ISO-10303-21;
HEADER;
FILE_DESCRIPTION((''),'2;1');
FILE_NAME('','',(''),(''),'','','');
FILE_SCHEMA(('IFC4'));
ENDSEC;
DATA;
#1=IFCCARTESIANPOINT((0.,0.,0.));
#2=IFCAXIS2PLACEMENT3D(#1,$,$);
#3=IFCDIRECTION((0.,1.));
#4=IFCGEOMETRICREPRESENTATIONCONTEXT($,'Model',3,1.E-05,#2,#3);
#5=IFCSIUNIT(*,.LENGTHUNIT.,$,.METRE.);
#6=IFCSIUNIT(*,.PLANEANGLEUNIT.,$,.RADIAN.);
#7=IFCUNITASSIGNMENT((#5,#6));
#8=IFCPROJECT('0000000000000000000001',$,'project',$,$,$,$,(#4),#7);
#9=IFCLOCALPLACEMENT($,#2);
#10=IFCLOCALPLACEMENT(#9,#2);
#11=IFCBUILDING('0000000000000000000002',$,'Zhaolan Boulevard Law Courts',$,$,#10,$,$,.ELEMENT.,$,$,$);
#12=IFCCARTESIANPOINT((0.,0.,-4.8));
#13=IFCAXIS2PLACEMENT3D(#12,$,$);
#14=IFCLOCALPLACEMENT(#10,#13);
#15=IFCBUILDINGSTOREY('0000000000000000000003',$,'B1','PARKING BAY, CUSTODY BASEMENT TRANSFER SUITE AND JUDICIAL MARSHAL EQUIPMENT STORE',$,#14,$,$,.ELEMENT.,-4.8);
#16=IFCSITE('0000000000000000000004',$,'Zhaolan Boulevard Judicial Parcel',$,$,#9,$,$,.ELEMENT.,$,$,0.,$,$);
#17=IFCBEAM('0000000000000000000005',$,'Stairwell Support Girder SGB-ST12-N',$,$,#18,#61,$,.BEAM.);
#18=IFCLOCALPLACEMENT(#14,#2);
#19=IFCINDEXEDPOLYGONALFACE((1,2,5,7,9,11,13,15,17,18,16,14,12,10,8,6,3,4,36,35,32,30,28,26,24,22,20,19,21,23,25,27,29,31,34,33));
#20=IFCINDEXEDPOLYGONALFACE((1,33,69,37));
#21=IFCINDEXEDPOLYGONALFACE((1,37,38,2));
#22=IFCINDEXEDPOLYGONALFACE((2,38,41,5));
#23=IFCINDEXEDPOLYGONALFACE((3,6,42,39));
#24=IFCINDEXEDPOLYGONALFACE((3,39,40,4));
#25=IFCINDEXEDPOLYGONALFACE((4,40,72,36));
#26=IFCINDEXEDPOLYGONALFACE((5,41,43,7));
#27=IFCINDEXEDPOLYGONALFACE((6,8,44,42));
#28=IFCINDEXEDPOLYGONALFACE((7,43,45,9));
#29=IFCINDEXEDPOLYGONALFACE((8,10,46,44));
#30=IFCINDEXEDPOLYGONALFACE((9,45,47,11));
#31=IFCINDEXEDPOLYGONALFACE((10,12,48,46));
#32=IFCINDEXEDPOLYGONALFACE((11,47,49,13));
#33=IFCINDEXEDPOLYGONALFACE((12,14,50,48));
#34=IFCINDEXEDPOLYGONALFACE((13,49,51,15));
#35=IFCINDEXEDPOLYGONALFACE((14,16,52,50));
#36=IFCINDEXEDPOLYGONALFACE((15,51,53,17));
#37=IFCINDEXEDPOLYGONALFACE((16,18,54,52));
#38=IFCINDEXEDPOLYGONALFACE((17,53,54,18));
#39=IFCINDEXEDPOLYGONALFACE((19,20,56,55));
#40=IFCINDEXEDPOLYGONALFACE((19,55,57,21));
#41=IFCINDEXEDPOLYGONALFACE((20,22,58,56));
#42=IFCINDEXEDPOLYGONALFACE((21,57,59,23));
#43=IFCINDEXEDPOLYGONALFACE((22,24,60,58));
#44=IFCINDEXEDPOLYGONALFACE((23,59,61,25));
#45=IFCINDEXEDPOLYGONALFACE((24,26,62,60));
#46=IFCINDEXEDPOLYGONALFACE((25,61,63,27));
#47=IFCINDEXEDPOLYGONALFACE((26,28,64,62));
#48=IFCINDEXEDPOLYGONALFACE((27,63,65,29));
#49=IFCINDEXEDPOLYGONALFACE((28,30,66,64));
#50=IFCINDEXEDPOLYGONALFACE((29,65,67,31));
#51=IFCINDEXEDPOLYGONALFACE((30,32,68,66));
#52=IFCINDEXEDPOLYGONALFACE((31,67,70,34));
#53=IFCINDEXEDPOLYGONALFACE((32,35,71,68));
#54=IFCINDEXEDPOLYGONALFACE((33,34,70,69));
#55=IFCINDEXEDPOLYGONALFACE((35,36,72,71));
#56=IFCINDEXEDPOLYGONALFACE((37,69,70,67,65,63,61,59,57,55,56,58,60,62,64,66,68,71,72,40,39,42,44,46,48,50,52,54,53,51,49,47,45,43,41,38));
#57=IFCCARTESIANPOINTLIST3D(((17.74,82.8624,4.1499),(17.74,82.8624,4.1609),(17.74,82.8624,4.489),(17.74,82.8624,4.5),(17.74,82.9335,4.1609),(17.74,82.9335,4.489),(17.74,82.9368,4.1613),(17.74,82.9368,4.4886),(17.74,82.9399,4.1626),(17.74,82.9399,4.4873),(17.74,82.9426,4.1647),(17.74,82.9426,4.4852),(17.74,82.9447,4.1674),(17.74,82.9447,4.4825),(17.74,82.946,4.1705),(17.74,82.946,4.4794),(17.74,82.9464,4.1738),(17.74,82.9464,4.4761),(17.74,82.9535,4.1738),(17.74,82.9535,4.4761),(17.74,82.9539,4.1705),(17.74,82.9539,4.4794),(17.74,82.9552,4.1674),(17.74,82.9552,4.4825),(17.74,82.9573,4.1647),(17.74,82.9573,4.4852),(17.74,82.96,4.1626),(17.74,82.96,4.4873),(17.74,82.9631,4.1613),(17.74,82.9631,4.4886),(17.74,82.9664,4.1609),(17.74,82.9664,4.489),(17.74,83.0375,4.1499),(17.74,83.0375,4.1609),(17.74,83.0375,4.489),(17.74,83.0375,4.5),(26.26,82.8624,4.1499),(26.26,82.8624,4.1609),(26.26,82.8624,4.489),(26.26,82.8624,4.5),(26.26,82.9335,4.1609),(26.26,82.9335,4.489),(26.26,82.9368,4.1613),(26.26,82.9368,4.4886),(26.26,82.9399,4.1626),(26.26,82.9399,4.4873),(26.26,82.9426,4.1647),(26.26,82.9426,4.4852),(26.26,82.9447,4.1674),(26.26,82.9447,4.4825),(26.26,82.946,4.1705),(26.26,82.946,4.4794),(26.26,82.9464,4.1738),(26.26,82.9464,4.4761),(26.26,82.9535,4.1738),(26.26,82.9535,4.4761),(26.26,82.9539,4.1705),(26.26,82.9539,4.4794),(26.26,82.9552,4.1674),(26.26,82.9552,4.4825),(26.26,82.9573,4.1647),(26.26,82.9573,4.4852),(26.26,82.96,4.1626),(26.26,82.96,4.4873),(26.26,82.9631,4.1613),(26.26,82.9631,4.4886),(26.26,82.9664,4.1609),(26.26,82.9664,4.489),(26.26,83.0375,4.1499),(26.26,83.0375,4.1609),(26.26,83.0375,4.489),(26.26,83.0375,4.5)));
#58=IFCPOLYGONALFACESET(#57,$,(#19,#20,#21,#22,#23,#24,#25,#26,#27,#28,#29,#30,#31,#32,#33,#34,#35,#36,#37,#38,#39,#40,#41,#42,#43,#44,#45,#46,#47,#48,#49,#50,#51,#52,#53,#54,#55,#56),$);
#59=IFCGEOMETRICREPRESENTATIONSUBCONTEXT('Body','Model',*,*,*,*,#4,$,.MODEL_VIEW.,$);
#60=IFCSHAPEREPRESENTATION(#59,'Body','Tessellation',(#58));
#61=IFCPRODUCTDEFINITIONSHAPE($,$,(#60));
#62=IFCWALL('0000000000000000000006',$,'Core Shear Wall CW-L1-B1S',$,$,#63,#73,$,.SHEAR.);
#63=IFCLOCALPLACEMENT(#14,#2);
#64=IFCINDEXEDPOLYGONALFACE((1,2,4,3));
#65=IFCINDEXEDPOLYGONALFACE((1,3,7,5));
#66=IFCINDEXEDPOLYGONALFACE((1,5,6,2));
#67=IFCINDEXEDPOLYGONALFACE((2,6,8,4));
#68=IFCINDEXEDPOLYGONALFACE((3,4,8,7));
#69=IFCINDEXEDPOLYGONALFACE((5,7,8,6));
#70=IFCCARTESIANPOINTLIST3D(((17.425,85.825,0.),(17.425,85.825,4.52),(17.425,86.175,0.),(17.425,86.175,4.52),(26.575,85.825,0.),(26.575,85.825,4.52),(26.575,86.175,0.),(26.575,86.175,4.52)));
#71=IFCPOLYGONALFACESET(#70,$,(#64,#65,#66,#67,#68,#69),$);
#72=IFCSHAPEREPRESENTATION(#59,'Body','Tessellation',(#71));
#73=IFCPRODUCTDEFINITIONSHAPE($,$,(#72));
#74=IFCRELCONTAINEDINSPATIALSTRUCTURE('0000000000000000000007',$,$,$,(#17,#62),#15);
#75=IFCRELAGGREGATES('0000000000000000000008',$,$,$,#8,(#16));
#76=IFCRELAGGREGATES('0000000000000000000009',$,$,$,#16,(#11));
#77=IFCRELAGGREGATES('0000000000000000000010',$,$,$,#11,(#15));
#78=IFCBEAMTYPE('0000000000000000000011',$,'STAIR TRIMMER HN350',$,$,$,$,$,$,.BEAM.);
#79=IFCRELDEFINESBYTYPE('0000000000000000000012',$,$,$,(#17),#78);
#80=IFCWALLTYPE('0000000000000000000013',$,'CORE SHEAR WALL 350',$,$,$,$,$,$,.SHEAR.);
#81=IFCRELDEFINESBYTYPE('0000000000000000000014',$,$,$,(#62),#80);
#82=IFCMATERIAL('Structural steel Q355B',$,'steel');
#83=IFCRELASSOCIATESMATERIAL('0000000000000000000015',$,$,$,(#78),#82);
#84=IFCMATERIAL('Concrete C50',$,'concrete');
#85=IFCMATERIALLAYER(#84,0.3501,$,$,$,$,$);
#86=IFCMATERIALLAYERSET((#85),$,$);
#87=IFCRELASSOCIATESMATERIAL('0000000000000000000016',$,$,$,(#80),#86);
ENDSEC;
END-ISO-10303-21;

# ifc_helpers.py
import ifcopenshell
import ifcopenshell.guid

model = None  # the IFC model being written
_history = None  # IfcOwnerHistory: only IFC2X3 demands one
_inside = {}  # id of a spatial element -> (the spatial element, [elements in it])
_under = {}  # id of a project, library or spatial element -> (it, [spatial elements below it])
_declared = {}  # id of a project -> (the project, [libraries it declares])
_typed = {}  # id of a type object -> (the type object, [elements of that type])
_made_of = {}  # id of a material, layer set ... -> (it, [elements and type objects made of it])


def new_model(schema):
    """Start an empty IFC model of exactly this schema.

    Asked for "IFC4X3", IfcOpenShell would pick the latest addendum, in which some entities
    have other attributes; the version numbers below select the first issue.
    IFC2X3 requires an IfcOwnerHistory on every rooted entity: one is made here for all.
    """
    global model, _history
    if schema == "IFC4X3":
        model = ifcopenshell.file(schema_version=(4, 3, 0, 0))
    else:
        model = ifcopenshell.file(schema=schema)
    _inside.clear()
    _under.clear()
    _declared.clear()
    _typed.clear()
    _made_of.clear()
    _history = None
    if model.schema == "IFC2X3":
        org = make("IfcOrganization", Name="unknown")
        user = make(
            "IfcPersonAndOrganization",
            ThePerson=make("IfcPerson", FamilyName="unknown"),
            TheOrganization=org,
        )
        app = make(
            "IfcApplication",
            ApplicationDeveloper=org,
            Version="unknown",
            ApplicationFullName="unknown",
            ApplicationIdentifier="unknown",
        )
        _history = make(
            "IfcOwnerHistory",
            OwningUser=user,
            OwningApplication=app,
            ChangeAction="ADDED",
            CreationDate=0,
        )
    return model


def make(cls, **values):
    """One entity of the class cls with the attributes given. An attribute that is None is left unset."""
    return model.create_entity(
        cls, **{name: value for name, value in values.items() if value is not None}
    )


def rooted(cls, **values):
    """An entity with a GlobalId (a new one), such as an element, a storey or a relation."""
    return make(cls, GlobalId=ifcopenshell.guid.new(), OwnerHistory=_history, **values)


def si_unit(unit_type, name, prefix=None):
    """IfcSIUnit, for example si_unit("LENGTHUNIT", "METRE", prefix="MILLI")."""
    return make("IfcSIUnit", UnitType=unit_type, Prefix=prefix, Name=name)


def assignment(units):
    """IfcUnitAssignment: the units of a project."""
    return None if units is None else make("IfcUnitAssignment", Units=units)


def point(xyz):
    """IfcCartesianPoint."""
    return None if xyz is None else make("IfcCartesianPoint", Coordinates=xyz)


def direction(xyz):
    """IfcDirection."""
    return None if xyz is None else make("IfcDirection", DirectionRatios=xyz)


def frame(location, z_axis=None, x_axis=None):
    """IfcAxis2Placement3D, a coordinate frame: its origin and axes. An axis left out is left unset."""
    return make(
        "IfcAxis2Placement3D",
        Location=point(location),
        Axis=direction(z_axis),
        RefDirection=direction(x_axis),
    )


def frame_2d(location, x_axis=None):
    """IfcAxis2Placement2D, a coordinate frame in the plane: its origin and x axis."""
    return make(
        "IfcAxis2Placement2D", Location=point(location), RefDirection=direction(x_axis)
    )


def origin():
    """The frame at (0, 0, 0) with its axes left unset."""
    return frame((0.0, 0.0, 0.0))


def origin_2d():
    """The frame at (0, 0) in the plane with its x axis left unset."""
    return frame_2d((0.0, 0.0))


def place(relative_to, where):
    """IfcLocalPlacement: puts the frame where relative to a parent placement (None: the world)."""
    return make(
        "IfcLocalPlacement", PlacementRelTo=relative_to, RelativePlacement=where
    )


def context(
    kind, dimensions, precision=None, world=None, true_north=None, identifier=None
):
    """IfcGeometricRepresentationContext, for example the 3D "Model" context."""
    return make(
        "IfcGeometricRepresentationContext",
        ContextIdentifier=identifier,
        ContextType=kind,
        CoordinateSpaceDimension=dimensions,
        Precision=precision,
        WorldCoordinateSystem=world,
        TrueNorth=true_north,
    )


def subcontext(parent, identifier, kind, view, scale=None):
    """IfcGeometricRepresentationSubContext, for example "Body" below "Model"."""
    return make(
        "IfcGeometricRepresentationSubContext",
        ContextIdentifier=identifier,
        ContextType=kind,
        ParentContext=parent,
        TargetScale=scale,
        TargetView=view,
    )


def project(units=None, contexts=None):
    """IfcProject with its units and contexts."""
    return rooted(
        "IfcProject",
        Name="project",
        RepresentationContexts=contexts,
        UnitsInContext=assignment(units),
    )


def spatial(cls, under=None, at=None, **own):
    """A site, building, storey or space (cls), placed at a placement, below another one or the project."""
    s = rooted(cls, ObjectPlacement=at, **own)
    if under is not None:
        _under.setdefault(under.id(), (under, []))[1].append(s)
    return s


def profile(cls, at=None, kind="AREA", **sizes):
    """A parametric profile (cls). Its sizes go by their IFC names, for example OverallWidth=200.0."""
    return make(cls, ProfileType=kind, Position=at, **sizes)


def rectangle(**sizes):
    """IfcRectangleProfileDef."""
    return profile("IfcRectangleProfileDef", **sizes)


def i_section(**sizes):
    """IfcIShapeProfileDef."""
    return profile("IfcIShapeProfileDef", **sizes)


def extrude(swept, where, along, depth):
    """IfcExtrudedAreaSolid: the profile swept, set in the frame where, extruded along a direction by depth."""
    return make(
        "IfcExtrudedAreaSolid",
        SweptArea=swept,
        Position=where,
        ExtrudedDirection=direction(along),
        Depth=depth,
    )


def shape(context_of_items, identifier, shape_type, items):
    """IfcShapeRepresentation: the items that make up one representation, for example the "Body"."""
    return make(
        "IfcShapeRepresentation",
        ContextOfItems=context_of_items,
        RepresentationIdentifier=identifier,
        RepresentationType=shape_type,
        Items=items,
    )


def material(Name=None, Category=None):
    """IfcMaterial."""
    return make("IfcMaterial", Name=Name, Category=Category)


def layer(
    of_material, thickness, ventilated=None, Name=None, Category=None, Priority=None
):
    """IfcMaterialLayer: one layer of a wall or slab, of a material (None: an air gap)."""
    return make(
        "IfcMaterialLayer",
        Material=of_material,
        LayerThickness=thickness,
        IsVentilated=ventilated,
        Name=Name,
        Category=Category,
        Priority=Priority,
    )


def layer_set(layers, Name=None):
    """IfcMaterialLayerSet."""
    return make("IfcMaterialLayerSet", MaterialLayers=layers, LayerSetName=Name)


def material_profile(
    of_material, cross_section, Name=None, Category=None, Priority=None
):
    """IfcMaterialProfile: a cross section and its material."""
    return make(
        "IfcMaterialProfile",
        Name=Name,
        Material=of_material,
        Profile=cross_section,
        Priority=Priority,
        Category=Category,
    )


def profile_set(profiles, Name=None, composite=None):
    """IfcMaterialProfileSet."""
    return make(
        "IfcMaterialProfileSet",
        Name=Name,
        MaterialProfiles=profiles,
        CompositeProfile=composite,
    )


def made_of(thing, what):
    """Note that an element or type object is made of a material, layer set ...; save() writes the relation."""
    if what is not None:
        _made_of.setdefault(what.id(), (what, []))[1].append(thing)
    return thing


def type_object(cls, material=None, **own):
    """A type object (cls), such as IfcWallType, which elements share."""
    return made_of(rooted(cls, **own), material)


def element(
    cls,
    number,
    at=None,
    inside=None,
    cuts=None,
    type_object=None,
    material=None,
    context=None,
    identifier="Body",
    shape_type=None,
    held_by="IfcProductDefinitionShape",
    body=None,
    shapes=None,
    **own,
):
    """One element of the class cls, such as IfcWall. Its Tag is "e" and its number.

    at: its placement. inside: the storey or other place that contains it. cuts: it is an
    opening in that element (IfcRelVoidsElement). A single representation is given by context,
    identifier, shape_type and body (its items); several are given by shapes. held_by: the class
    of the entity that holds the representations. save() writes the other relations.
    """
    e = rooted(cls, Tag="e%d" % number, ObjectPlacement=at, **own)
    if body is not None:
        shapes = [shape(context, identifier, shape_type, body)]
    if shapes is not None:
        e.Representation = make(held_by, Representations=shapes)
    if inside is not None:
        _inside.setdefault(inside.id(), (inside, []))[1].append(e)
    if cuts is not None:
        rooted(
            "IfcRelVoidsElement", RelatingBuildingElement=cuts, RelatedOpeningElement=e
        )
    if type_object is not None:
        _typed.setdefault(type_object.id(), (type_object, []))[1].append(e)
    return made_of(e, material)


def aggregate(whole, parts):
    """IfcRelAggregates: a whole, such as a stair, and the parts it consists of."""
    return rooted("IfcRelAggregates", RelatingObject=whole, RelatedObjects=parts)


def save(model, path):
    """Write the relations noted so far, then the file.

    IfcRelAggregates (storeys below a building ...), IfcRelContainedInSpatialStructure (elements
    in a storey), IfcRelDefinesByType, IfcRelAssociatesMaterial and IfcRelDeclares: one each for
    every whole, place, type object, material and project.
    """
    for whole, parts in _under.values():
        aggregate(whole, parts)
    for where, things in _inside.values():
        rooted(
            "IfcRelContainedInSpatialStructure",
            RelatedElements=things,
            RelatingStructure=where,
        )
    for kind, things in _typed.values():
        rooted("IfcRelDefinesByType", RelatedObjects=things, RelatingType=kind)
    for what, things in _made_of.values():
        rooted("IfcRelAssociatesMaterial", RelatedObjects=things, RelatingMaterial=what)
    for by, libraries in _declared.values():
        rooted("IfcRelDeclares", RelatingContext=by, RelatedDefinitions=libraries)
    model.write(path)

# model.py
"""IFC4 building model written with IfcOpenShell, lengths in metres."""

from ifc_helpers import new_model, si_unit, direction, frame, frame_2d, origin, origin_2d, place, context, subcontext, project, spatial, rectangle, i_section, extrude, material, layer, layer_set, material_profile, profile_set, type_object, element, save


model = new_model("IFC4")

# Units and contexts
model_context = context("Model", 3, precision=1e-05, world=origin(), true_north=direction((0.0, 1.0)))
body_context = subcontext(model_context, "Body", "Model", "MODEL_VIEW")
ifc_project = project(units=[si_unit("LENGTHUNIT", "METRE"), si_unit("PLANEANGLEUNIT", "RADIAN")], contexts=[model_context])

# Site, building, storey
site_placement = place(None, origin())
site = spatial("IfcSite", under=ifc_project, at=site_placement, Name="Zhaolan Boulevard Judicial Parcel", CompositionType="ELEMENT", RefElevation=0.0)
building_placement = place(site_placement, origin())
building = spatial("IfcBuilding", under=site, at=building_placement, Name="Zhaolan Boulevard Law Courts", CompositionType="ELEMENT")
storey_placement = place(building_placement, frame((0.0, 0.0, -4.8)))
storey = spatial("IfcBuildingStorey", under=building, at=storey_placement, Name="B1", Description="PARKING BAY, CUSTODY BASEMENT TRANSFER SUITE AND JUDICIAL MARSHAL EQUIPMENT STORE", CompositionType="ELEMENT", Elevation=-4.8)

# Beam
ifc_material_1 = material(Name="Structural steel Q355B", Category="steel")
ifc_material_profile_1 = material_profile(ifc_material_1, i_section(OverallWidth=0.175, OverallDepth=0.3501, WebThickness=0.0071, FlangeThickness=0.011, FilletRadius=0.0129, at=origin_2d()), Name="HN350x175")
ifc_profile_set_1 = profile_set([ifc_material_profile_1], Name="Structural steel Q355B")
beam_type_1 = type_object("IfcBeamType", Name="STAIR TRIMMER HN350", PredefinedType="BEAM", material=ifc_profile_set_1)
for number, where, z_axis, x_axis, name in (
    (1, (17.74, 82.95, 4.325), (1.0, 0.0, 0.0), (0.0, 1.0, 0.0), "Stairwell Support Girder SGB-ST12-N"),
):
    element("IfcBeam", number, at=place(storey_placement, frame(where, z_axis=z_axis, x_axis=x_axis)), inside=storey, type_object=beam_type_1, Name=name, PredefinedType="BEAM", context=body_context, shape_type="SweptSolid", body=[
        extrude(i_section(OverallWidth=0.175, OverallDepth=0.3501, WebThickness=0.0071, FlangeThickness=0.011, FilletRadius=0.0129, at=origin_2d()), origin(), (0.0, 0.0, 1.0), 8.52),
    ])

# Wall
ifc_material_2 = material(Name="Concrete C50", Category="concrete")
ifc_layer = layer(ifc_material_2, 0.3501)
ifc_layer_set = layer_set([ifc_layer])
wall_type = type_object("IfcWallType", Name="CORE SHEAR WALL 350", PredefinedType="SHEAR", material=ifc_layer_set)
wall_placement = place(storey_placement, frame((17.425, 86.0, 0.0), z_axis=(0.0, 0.0, 1.0), x_axis=(1.0, 0.0, 0.0)))
element("IfcWall", 2, at=wall_placement, inside=storey, type_object=wall_type, Name="Core Shear Wall CW-L1-B1S", PredefinedType="SHEAR", context=body_context, shape_type="SweptSolid", body=[
    extrude(rectangle(XDim=9.1499, YDim=0.3501, at=frame_2d((4.575, 0.0))), origin(), (0.0, 0.0, 1.0), 4.52),
])

save(model, "model.ifc")
